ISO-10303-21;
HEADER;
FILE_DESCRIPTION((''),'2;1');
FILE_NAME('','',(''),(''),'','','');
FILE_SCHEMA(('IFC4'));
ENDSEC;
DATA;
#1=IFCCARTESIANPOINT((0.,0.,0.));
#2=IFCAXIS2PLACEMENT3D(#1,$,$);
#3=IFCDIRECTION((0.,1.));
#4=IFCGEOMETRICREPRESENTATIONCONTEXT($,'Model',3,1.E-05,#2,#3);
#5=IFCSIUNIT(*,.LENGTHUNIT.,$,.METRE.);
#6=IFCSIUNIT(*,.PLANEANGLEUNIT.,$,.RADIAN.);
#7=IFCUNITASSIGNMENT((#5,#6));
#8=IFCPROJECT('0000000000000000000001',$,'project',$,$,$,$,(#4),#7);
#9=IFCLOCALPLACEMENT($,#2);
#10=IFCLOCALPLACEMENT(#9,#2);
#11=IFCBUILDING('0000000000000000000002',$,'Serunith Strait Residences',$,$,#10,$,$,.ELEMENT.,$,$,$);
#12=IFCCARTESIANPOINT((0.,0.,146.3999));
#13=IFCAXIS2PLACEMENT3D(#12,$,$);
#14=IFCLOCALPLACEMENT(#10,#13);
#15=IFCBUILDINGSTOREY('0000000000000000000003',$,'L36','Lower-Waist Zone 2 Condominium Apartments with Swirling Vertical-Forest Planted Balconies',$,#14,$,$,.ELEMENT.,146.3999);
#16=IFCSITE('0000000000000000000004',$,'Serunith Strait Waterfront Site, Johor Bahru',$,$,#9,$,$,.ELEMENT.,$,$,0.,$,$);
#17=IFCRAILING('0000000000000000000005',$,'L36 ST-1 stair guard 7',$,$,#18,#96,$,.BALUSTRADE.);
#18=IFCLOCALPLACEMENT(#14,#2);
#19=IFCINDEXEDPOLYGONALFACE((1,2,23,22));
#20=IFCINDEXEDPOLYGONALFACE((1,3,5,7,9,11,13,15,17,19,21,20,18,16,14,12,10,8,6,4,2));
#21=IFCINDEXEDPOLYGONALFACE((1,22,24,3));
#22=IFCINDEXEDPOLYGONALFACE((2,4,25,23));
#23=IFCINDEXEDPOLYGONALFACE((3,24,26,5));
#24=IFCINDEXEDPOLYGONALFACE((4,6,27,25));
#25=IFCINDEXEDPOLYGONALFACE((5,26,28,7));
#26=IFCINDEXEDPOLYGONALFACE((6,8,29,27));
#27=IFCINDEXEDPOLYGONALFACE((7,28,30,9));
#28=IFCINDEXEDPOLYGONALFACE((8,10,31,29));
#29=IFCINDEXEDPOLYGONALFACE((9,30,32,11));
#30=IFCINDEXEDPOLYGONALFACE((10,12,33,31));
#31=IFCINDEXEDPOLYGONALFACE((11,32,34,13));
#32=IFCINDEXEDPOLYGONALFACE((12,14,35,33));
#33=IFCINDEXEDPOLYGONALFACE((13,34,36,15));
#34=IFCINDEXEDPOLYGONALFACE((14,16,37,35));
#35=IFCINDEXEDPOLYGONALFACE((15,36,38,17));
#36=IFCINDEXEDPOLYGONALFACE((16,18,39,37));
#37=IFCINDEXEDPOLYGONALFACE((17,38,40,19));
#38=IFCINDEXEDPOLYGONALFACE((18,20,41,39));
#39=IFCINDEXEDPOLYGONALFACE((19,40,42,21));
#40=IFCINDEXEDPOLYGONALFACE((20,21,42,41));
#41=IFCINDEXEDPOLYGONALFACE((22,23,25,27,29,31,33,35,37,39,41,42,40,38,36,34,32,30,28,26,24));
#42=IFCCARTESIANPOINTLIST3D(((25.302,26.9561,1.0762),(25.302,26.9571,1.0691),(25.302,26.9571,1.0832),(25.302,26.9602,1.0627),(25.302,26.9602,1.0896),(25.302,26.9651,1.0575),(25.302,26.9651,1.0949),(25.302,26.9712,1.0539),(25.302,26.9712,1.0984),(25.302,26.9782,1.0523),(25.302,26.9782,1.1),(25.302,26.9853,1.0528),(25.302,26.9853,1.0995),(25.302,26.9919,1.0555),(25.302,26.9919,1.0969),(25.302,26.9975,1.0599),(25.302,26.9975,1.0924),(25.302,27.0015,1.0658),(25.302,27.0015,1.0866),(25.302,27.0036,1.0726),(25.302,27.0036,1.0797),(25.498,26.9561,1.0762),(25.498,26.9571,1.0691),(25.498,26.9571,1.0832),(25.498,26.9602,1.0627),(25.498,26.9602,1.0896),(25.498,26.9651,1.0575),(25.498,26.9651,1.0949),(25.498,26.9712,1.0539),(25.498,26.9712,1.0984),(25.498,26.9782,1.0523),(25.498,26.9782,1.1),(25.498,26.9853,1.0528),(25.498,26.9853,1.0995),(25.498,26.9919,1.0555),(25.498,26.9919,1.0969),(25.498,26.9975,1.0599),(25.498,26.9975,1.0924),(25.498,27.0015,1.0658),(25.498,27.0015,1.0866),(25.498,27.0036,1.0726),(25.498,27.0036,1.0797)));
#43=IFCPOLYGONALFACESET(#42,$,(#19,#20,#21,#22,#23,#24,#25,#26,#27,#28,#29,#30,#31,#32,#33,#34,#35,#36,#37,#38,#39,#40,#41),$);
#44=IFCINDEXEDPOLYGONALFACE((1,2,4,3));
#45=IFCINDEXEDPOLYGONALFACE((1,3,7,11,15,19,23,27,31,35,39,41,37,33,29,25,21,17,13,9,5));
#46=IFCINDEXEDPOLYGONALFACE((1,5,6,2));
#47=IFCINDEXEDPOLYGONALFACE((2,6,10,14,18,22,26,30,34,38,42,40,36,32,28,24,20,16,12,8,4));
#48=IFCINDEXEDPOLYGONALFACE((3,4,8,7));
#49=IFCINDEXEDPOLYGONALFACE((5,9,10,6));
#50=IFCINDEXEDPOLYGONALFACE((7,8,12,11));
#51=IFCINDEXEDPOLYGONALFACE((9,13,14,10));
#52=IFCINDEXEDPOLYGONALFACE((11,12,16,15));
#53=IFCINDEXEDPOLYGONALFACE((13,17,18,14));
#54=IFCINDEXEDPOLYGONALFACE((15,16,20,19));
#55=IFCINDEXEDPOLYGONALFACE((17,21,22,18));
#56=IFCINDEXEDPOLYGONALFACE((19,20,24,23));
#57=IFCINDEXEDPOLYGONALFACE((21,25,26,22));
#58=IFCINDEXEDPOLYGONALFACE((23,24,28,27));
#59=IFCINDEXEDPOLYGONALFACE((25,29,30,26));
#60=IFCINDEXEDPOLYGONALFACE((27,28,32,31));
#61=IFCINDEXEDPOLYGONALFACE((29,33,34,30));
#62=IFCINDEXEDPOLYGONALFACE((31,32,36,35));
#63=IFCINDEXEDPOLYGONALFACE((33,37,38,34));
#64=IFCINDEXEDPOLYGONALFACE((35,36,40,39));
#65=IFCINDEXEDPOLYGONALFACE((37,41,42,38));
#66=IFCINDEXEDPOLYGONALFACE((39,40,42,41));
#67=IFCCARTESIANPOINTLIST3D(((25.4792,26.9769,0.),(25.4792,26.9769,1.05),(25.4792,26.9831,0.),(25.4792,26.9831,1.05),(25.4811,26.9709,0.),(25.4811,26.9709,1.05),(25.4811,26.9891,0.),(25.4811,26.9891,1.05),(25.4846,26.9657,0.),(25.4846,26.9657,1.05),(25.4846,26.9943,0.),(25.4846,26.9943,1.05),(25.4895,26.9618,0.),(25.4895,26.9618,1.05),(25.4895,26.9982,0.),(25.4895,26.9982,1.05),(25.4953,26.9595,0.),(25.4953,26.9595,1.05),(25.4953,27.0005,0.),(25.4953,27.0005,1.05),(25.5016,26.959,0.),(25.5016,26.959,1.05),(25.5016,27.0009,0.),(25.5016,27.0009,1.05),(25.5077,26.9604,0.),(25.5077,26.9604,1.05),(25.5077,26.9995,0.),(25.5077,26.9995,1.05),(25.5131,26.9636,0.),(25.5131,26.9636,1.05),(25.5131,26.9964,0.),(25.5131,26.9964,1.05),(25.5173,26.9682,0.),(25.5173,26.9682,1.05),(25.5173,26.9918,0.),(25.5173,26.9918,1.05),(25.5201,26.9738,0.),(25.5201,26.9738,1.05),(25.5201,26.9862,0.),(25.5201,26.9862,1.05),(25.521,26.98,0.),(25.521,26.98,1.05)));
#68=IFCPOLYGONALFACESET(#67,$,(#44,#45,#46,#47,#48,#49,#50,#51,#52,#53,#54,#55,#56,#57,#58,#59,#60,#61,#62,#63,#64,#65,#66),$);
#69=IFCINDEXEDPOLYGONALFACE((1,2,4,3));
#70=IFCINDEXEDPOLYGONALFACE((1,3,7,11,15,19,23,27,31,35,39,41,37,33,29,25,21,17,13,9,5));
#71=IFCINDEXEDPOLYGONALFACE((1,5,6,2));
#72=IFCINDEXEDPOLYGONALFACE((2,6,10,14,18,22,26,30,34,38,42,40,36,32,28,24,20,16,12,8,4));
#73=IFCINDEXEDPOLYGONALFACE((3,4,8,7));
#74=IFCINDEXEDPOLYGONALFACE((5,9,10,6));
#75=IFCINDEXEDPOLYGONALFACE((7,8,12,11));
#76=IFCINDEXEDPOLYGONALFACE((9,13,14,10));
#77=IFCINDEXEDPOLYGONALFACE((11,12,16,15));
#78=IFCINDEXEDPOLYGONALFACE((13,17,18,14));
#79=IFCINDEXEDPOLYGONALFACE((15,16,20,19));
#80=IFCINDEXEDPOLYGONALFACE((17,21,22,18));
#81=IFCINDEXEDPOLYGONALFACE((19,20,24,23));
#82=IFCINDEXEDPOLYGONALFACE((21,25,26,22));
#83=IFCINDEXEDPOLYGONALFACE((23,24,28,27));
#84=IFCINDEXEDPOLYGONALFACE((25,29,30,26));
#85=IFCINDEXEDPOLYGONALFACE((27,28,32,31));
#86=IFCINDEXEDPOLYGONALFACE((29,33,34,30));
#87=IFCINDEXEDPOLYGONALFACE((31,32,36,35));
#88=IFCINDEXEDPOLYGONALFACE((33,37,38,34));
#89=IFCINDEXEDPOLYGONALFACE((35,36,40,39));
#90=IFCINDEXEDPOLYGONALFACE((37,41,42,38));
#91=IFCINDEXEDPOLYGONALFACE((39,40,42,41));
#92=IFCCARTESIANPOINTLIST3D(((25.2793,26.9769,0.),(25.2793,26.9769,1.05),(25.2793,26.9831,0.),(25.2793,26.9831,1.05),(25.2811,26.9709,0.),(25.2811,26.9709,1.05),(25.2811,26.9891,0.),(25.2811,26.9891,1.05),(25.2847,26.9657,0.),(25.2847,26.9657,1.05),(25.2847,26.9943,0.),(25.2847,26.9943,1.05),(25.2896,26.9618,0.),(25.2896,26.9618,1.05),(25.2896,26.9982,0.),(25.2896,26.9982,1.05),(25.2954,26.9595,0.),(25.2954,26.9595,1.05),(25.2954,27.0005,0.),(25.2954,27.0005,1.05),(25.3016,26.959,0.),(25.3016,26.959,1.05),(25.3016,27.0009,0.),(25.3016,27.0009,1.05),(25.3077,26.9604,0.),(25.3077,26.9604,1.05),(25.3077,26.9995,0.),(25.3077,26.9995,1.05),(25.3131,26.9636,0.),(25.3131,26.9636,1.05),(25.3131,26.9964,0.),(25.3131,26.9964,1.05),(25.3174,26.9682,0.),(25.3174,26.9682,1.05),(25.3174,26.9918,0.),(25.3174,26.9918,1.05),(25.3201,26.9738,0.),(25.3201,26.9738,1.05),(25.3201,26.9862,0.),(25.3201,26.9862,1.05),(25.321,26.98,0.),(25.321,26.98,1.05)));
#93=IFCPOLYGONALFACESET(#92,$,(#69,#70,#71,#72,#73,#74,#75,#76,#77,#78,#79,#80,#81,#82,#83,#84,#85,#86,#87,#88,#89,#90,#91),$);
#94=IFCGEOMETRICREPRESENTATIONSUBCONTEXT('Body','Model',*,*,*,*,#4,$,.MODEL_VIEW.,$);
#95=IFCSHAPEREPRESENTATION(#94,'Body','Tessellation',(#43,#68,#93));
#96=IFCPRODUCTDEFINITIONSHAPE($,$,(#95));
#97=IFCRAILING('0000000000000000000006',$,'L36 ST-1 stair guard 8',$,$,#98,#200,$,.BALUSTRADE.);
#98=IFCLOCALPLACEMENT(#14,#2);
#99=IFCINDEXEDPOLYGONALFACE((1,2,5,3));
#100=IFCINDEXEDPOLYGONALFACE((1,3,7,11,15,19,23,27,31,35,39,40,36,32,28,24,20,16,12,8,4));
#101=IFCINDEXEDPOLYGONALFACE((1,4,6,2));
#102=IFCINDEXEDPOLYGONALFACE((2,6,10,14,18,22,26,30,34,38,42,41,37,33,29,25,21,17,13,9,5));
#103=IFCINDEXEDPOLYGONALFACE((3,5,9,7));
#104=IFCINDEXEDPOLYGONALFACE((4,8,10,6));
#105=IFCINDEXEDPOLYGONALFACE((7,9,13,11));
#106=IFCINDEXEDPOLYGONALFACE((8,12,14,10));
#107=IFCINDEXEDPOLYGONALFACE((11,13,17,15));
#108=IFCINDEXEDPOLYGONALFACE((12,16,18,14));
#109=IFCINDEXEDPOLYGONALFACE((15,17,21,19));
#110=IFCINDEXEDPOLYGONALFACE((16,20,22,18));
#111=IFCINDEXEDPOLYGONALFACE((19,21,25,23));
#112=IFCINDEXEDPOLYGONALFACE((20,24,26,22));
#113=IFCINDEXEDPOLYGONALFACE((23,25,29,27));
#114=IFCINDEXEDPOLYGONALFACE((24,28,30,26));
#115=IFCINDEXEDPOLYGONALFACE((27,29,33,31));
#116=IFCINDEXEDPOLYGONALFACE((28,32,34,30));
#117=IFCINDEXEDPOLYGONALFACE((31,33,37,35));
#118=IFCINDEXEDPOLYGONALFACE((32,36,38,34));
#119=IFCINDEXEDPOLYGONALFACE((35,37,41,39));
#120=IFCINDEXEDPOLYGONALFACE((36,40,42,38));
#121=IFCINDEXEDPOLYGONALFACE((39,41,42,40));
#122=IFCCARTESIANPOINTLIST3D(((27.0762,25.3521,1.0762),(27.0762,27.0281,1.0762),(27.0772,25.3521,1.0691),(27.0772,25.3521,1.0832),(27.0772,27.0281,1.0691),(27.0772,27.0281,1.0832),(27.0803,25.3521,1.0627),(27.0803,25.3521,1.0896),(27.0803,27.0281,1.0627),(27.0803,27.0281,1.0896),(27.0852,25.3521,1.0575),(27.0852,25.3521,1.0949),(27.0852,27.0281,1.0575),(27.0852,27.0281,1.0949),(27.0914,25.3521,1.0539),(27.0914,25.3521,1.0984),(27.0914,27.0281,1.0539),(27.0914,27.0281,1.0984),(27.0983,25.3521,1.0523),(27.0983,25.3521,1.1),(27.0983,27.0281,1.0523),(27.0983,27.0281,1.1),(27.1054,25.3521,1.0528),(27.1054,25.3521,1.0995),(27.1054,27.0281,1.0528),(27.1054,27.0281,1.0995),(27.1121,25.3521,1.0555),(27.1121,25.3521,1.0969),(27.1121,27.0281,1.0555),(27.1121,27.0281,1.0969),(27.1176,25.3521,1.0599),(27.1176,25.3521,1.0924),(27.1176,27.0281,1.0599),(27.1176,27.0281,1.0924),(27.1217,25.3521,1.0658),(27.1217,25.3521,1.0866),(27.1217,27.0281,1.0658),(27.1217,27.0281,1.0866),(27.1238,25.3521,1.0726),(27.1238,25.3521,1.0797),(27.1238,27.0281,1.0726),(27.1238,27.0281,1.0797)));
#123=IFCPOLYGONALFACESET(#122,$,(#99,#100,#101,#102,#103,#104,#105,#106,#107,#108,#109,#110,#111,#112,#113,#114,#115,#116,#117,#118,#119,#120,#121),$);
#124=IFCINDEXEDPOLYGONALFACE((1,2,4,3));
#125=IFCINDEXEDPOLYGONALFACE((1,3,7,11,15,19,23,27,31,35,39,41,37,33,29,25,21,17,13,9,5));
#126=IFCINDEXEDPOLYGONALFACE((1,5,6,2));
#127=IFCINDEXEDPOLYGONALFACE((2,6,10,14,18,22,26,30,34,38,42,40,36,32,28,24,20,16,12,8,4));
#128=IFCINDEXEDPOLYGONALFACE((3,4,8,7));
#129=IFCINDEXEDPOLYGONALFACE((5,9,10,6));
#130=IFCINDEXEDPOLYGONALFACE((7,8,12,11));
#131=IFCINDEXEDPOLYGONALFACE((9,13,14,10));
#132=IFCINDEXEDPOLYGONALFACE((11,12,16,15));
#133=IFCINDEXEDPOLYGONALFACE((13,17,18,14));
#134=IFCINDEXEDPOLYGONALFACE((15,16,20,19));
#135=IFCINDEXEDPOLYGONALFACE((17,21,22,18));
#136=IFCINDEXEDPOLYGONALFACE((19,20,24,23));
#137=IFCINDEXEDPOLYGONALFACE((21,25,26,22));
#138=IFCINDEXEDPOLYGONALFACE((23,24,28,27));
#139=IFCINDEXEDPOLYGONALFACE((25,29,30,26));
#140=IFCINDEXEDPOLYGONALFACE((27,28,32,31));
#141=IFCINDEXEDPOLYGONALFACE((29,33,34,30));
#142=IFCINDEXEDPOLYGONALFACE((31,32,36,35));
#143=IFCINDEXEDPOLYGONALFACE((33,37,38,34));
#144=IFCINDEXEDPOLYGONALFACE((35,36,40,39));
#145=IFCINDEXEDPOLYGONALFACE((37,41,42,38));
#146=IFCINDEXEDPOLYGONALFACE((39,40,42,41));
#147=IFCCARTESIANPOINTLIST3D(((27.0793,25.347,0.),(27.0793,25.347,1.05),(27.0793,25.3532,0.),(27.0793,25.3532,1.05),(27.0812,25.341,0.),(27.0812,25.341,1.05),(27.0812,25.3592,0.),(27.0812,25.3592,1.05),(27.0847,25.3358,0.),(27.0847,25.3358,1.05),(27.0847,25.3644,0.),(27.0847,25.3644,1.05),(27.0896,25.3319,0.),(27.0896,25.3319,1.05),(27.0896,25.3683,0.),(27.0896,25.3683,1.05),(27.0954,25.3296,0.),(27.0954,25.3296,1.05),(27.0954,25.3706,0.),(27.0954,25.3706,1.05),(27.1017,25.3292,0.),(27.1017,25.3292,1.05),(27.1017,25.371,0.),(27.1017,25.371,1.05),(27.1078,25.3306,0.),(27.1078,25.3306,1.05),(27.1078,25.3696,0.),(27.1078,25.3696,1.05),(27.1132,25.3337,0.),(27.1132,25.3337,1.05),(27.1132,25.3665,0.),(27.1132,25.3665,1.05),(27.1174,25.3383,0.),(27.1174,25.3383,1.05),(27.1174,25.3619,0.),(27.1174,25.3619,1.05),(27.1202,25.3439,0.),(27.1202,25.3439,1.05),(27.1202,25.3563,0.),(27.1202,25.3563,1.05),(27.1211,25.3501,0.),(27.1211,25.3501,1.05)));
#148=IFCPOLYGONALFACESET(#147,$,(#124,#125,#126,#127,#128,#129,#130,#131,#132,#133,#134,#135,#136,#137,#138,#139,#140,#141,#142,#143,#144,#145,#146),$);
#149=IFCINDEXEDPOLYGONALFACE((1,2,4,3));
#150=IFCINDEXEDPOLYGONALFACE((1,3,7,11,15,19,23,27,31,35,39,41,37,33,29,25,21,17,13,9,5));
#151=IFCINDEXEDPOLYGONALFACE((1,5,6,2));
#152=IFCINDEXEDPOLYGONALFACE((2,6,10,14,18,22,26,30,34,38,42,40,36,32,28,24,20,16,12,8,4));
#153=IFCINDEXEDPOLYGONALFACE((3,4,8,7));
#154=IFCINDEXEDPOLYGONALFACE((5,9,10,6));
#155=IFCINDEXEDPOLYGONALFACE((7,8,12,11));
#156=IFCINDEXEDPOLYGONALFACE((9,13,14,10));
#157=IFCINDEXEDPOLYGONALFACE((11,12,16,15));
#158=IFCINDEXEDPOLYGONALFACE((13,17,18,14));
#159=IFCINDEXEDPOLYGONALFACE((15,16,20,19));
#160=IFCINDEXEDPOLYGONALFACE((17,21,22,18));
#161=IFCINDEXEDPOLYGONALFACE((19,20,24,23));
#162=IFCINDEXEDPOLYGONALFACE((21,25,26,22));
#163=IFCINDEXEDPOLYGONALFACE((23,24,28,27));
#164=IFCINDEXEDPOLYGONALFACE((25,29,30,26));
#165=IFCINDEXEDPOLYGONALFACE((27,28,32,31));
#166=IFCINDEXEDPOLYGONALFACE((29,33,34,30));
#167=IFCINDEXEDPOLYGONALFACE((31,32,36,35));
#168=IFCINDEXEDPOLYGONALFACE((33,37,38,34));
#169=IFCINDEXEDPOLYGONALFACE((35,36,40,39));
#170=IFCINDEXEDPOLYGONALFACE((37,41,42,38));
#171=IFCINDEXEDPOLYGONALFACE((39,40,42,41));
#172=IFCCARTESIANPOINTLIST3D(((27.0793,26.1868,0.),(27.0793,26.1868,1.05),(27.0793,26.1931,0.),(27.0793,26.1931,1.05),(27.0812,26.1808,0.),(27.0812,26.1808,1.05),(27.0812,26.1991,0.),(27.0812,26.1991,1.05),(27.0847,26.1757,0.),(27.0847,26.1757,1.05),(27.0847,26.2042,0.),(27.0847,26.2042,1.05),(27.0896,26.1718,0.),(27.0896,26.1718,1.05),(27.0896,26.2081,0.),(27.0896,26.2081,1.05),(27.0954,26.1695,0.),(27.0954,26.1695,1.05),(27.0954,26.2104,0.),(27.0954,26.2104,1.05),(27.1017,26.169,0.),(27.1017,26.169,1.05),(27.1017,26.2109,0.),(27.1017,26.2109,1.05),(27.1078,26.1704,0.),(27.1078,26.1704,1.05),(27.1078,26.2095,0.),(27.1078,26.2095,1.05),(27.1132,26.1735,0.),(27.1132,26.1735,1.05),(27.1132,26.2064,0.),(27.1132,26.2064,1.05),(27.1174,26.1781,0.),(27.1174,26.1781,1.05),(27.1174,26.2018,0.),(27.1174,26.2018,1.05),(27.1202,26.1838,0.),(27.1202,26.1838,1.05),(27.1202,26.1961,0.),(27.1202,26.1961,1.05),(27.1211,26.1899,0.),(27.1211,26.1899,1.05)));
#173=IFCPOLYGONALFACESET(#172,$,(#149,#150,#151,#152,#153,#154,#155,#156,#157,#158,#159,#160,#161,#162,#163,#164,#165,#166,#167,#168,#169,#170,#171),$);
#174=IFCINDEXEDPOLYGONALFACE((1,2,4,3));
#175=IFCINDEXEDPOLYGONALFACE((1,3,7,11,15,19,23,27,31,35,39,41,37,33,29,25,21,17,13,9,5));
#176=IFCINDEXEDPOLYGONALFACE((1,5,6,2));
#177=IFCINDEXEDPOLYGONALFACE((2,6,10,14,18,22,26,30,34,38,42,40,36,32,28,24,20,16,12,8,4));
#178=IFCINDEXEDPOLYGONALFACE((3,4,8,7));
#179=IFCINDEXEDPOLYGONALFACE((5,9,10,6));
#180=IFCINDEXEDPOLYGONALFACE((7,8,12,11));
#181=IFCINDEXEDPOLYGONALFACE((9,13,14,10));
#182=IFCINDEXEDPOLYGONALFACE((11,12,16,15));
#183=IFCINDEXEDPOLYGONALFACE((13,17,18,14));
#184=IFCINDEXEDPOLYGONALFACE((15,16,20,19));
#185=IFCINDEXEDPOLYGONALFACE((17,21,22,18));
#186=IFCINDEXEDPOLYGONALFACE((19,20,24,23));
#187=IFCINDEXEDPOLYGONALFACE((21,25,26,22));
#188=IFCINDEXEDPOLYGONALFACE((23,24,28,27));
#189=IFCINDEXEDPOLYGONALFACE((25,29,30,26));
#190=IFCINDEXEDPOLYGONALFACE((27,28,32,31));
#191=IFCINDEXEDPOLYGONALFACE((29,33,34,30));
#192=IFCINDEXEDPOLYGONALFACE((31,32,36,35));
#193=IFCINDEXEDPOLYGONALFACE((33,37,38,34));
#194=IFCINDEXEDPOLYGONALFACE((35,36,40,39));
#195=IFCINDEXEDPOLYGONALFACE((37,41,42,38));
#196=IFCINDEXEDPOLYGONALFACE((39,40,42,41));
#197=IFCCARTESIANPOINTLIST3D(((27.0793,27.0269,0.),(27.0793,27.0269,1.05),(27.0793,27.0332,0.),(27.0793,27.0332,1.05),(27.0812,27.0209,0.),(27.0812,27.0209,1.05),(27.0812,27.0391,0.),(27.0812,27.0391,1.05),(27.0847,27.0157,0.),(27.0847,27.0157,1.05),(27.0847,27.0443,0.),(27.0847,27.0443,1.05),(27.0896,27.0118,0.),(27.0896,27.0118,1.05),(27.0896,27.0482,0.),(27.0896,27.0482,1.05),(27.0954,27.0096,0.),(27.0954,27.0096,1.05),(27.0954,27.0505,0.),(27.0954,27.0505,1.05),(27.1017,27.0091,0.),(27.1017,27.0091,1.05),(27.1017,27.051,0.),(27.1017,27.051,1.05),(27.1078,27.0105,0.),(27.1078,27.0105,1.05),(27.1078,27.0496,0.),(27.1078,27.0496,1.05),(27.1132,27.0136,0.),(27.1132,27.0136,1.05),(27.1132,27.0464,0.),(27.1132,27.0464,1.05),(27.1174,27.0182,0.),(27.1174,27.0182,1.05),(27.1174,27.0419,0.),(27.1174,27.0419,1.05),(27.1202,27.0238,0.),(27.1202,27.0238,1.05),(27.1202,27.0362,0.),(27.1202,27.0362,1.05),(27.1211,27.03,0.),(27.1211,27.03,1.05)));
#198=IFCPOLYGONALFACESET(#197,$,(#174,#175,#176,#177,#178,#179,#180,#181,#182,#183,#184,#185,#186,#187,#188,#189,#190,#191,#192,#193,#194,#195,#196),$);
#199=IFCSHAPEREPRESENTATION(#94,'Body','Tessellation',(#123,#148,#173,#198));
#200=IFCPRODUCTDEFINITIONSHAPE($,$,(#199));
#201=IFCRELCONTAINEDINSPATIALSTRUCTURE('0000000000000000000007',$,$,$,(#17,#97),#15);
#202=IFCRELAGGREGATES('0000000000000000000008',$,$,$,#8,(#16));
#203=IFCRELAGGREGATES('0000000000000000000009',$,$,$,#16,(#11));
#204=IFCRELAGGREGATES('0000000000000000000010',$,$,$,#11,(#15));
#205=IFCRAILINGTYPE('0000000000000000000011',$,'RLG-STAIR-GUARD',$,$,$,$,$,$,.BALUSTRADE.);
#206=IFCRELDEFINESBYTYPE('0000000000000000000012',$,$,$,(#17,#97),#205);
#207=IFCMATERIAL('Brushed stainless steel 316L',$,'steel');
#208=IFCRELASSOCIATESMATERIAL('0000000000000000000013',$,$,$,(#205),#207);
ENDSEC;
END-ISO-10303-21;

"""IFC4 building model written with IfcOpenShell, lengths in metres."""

from ifc_helpers import new_model, si_unit, direction, frame, origin, origin_2d, place, context, subcontext, project, spatial, circle, extrude, material, type_object, element, save


model = new_model("IFC4")

# Units and contexts
model_context = context("Model", 3, precision=1e-05, world=origin(), true_north=direction((0.0, 1.0)))
body_context = subcontext(model_context, "Body", "Model", "MODEL_VIEW")
ifc_project = project(units=[si_unit("LENGTHUNIT", "METRE"), si_unit("PLANEANGLEUNIT", "RADIAN")], contexts=[model_context])

# Site, building, storey
site_placement = place(None, origin())
site = spatial("IfcSite", under=ifc_project, at=site_placement, Name="Serunith Strait Waterfront Site, Johor Bahru", CompositionType="ELEMENT", RefElevation=0.0)
building_placement = place(site_placement, origin())
building = spatial("IfcBuilding", under=site, at=building_placement, Name="Serunith Strait Residences", CompositionType="ELEMENT")
storey_placement = place(building_placement, frame((0.0, 0.0, 146.3999)))
storey = spatial("IfcBuildingStorey", under=building, at=storey_placement, Name="L36", Description="Lower-Waist Zone 2 Condominium Apartments with Swirling Vertical-Forest Planted Balconies", CompositionType="ELEMENT", Elevation=146.3999)

# Railings
ifc_material_1 = material(Name="Brushed stainless steel 316L", Category="steel")
railing_type_1 = type_object("IfcRailingType", Name="RLG-STAIR-GUARD", PredefinedType="BALUSTRADE", material=ifc_material_1)
railing_1_placement = place(storey_placement, frame((25.5, 26.98, 0.0)))
element("IfcRailing", 1, at=railing_1_placement, inside=storey, type_object=railing_type_1, Name="L36 ST-1 stair guard 7", PredefinedType="BALUSTRADE", context=body_context, shape_type="SweptSolid", body=[
    extrude(circle(Radius=0.0239, at=origin_2d()), frame((-0.002, 0.0, 1.0762), z_axis=(-1.0, 0.0, 0.0), x_axis=(0.0, -1.0, 0.0)), (0.0, 0.0, 1.0), 0.196),
    extrude(circle(Radius=0.021, at=origin_2d()), origin(), (0.0, 0.0, 1.0), 1.05),
    extrude(circle(Radius=0.021, at=origin_2d()), frame((-0.2, 0.0, 0.0)), (0.0, 0.0, 1.0), 1.05),
])
for number, where, name in (
    (2, (27.1001, 25.3501, 0.0), "L36 ST-1 stair guard 8"),
):
    element("IfcRailing", number, at=place(storey_placement, frame(where)), inside=storey, type_object=railing_type_1, Name=name, PredefinedType="BALUSTRADE", context=body_context, shape_type="SweptSolid", body=[
        extrude(circle(Radius=0.0239, at=origin_2d()), frame((0.0, 0.002, 1.0762), z_axis=(0.0, 1.0, 0.0), x_axis=(-1.0, 0.0, 0.0)), (0.0, 0.0, 1.0), 1.676),
        extrude(circle(Radius=0.021, at=origin_2d()), origin(), (0.0, 0.0, 1.0), 1.05),
        extrude(circle(Radius=0.021, at=origin_2d()), frame((0.0, 0.8398, 0.0)), (0.0, 0.0, 1.0), 1.05),
        extrude(circle(Radius=0.021, at=origin_2d()), frame((0.0, 1.6799, 0.0)), (0.0, 0.0, 1.0), 1.05),
    ])

save(model, "model.ifc")
